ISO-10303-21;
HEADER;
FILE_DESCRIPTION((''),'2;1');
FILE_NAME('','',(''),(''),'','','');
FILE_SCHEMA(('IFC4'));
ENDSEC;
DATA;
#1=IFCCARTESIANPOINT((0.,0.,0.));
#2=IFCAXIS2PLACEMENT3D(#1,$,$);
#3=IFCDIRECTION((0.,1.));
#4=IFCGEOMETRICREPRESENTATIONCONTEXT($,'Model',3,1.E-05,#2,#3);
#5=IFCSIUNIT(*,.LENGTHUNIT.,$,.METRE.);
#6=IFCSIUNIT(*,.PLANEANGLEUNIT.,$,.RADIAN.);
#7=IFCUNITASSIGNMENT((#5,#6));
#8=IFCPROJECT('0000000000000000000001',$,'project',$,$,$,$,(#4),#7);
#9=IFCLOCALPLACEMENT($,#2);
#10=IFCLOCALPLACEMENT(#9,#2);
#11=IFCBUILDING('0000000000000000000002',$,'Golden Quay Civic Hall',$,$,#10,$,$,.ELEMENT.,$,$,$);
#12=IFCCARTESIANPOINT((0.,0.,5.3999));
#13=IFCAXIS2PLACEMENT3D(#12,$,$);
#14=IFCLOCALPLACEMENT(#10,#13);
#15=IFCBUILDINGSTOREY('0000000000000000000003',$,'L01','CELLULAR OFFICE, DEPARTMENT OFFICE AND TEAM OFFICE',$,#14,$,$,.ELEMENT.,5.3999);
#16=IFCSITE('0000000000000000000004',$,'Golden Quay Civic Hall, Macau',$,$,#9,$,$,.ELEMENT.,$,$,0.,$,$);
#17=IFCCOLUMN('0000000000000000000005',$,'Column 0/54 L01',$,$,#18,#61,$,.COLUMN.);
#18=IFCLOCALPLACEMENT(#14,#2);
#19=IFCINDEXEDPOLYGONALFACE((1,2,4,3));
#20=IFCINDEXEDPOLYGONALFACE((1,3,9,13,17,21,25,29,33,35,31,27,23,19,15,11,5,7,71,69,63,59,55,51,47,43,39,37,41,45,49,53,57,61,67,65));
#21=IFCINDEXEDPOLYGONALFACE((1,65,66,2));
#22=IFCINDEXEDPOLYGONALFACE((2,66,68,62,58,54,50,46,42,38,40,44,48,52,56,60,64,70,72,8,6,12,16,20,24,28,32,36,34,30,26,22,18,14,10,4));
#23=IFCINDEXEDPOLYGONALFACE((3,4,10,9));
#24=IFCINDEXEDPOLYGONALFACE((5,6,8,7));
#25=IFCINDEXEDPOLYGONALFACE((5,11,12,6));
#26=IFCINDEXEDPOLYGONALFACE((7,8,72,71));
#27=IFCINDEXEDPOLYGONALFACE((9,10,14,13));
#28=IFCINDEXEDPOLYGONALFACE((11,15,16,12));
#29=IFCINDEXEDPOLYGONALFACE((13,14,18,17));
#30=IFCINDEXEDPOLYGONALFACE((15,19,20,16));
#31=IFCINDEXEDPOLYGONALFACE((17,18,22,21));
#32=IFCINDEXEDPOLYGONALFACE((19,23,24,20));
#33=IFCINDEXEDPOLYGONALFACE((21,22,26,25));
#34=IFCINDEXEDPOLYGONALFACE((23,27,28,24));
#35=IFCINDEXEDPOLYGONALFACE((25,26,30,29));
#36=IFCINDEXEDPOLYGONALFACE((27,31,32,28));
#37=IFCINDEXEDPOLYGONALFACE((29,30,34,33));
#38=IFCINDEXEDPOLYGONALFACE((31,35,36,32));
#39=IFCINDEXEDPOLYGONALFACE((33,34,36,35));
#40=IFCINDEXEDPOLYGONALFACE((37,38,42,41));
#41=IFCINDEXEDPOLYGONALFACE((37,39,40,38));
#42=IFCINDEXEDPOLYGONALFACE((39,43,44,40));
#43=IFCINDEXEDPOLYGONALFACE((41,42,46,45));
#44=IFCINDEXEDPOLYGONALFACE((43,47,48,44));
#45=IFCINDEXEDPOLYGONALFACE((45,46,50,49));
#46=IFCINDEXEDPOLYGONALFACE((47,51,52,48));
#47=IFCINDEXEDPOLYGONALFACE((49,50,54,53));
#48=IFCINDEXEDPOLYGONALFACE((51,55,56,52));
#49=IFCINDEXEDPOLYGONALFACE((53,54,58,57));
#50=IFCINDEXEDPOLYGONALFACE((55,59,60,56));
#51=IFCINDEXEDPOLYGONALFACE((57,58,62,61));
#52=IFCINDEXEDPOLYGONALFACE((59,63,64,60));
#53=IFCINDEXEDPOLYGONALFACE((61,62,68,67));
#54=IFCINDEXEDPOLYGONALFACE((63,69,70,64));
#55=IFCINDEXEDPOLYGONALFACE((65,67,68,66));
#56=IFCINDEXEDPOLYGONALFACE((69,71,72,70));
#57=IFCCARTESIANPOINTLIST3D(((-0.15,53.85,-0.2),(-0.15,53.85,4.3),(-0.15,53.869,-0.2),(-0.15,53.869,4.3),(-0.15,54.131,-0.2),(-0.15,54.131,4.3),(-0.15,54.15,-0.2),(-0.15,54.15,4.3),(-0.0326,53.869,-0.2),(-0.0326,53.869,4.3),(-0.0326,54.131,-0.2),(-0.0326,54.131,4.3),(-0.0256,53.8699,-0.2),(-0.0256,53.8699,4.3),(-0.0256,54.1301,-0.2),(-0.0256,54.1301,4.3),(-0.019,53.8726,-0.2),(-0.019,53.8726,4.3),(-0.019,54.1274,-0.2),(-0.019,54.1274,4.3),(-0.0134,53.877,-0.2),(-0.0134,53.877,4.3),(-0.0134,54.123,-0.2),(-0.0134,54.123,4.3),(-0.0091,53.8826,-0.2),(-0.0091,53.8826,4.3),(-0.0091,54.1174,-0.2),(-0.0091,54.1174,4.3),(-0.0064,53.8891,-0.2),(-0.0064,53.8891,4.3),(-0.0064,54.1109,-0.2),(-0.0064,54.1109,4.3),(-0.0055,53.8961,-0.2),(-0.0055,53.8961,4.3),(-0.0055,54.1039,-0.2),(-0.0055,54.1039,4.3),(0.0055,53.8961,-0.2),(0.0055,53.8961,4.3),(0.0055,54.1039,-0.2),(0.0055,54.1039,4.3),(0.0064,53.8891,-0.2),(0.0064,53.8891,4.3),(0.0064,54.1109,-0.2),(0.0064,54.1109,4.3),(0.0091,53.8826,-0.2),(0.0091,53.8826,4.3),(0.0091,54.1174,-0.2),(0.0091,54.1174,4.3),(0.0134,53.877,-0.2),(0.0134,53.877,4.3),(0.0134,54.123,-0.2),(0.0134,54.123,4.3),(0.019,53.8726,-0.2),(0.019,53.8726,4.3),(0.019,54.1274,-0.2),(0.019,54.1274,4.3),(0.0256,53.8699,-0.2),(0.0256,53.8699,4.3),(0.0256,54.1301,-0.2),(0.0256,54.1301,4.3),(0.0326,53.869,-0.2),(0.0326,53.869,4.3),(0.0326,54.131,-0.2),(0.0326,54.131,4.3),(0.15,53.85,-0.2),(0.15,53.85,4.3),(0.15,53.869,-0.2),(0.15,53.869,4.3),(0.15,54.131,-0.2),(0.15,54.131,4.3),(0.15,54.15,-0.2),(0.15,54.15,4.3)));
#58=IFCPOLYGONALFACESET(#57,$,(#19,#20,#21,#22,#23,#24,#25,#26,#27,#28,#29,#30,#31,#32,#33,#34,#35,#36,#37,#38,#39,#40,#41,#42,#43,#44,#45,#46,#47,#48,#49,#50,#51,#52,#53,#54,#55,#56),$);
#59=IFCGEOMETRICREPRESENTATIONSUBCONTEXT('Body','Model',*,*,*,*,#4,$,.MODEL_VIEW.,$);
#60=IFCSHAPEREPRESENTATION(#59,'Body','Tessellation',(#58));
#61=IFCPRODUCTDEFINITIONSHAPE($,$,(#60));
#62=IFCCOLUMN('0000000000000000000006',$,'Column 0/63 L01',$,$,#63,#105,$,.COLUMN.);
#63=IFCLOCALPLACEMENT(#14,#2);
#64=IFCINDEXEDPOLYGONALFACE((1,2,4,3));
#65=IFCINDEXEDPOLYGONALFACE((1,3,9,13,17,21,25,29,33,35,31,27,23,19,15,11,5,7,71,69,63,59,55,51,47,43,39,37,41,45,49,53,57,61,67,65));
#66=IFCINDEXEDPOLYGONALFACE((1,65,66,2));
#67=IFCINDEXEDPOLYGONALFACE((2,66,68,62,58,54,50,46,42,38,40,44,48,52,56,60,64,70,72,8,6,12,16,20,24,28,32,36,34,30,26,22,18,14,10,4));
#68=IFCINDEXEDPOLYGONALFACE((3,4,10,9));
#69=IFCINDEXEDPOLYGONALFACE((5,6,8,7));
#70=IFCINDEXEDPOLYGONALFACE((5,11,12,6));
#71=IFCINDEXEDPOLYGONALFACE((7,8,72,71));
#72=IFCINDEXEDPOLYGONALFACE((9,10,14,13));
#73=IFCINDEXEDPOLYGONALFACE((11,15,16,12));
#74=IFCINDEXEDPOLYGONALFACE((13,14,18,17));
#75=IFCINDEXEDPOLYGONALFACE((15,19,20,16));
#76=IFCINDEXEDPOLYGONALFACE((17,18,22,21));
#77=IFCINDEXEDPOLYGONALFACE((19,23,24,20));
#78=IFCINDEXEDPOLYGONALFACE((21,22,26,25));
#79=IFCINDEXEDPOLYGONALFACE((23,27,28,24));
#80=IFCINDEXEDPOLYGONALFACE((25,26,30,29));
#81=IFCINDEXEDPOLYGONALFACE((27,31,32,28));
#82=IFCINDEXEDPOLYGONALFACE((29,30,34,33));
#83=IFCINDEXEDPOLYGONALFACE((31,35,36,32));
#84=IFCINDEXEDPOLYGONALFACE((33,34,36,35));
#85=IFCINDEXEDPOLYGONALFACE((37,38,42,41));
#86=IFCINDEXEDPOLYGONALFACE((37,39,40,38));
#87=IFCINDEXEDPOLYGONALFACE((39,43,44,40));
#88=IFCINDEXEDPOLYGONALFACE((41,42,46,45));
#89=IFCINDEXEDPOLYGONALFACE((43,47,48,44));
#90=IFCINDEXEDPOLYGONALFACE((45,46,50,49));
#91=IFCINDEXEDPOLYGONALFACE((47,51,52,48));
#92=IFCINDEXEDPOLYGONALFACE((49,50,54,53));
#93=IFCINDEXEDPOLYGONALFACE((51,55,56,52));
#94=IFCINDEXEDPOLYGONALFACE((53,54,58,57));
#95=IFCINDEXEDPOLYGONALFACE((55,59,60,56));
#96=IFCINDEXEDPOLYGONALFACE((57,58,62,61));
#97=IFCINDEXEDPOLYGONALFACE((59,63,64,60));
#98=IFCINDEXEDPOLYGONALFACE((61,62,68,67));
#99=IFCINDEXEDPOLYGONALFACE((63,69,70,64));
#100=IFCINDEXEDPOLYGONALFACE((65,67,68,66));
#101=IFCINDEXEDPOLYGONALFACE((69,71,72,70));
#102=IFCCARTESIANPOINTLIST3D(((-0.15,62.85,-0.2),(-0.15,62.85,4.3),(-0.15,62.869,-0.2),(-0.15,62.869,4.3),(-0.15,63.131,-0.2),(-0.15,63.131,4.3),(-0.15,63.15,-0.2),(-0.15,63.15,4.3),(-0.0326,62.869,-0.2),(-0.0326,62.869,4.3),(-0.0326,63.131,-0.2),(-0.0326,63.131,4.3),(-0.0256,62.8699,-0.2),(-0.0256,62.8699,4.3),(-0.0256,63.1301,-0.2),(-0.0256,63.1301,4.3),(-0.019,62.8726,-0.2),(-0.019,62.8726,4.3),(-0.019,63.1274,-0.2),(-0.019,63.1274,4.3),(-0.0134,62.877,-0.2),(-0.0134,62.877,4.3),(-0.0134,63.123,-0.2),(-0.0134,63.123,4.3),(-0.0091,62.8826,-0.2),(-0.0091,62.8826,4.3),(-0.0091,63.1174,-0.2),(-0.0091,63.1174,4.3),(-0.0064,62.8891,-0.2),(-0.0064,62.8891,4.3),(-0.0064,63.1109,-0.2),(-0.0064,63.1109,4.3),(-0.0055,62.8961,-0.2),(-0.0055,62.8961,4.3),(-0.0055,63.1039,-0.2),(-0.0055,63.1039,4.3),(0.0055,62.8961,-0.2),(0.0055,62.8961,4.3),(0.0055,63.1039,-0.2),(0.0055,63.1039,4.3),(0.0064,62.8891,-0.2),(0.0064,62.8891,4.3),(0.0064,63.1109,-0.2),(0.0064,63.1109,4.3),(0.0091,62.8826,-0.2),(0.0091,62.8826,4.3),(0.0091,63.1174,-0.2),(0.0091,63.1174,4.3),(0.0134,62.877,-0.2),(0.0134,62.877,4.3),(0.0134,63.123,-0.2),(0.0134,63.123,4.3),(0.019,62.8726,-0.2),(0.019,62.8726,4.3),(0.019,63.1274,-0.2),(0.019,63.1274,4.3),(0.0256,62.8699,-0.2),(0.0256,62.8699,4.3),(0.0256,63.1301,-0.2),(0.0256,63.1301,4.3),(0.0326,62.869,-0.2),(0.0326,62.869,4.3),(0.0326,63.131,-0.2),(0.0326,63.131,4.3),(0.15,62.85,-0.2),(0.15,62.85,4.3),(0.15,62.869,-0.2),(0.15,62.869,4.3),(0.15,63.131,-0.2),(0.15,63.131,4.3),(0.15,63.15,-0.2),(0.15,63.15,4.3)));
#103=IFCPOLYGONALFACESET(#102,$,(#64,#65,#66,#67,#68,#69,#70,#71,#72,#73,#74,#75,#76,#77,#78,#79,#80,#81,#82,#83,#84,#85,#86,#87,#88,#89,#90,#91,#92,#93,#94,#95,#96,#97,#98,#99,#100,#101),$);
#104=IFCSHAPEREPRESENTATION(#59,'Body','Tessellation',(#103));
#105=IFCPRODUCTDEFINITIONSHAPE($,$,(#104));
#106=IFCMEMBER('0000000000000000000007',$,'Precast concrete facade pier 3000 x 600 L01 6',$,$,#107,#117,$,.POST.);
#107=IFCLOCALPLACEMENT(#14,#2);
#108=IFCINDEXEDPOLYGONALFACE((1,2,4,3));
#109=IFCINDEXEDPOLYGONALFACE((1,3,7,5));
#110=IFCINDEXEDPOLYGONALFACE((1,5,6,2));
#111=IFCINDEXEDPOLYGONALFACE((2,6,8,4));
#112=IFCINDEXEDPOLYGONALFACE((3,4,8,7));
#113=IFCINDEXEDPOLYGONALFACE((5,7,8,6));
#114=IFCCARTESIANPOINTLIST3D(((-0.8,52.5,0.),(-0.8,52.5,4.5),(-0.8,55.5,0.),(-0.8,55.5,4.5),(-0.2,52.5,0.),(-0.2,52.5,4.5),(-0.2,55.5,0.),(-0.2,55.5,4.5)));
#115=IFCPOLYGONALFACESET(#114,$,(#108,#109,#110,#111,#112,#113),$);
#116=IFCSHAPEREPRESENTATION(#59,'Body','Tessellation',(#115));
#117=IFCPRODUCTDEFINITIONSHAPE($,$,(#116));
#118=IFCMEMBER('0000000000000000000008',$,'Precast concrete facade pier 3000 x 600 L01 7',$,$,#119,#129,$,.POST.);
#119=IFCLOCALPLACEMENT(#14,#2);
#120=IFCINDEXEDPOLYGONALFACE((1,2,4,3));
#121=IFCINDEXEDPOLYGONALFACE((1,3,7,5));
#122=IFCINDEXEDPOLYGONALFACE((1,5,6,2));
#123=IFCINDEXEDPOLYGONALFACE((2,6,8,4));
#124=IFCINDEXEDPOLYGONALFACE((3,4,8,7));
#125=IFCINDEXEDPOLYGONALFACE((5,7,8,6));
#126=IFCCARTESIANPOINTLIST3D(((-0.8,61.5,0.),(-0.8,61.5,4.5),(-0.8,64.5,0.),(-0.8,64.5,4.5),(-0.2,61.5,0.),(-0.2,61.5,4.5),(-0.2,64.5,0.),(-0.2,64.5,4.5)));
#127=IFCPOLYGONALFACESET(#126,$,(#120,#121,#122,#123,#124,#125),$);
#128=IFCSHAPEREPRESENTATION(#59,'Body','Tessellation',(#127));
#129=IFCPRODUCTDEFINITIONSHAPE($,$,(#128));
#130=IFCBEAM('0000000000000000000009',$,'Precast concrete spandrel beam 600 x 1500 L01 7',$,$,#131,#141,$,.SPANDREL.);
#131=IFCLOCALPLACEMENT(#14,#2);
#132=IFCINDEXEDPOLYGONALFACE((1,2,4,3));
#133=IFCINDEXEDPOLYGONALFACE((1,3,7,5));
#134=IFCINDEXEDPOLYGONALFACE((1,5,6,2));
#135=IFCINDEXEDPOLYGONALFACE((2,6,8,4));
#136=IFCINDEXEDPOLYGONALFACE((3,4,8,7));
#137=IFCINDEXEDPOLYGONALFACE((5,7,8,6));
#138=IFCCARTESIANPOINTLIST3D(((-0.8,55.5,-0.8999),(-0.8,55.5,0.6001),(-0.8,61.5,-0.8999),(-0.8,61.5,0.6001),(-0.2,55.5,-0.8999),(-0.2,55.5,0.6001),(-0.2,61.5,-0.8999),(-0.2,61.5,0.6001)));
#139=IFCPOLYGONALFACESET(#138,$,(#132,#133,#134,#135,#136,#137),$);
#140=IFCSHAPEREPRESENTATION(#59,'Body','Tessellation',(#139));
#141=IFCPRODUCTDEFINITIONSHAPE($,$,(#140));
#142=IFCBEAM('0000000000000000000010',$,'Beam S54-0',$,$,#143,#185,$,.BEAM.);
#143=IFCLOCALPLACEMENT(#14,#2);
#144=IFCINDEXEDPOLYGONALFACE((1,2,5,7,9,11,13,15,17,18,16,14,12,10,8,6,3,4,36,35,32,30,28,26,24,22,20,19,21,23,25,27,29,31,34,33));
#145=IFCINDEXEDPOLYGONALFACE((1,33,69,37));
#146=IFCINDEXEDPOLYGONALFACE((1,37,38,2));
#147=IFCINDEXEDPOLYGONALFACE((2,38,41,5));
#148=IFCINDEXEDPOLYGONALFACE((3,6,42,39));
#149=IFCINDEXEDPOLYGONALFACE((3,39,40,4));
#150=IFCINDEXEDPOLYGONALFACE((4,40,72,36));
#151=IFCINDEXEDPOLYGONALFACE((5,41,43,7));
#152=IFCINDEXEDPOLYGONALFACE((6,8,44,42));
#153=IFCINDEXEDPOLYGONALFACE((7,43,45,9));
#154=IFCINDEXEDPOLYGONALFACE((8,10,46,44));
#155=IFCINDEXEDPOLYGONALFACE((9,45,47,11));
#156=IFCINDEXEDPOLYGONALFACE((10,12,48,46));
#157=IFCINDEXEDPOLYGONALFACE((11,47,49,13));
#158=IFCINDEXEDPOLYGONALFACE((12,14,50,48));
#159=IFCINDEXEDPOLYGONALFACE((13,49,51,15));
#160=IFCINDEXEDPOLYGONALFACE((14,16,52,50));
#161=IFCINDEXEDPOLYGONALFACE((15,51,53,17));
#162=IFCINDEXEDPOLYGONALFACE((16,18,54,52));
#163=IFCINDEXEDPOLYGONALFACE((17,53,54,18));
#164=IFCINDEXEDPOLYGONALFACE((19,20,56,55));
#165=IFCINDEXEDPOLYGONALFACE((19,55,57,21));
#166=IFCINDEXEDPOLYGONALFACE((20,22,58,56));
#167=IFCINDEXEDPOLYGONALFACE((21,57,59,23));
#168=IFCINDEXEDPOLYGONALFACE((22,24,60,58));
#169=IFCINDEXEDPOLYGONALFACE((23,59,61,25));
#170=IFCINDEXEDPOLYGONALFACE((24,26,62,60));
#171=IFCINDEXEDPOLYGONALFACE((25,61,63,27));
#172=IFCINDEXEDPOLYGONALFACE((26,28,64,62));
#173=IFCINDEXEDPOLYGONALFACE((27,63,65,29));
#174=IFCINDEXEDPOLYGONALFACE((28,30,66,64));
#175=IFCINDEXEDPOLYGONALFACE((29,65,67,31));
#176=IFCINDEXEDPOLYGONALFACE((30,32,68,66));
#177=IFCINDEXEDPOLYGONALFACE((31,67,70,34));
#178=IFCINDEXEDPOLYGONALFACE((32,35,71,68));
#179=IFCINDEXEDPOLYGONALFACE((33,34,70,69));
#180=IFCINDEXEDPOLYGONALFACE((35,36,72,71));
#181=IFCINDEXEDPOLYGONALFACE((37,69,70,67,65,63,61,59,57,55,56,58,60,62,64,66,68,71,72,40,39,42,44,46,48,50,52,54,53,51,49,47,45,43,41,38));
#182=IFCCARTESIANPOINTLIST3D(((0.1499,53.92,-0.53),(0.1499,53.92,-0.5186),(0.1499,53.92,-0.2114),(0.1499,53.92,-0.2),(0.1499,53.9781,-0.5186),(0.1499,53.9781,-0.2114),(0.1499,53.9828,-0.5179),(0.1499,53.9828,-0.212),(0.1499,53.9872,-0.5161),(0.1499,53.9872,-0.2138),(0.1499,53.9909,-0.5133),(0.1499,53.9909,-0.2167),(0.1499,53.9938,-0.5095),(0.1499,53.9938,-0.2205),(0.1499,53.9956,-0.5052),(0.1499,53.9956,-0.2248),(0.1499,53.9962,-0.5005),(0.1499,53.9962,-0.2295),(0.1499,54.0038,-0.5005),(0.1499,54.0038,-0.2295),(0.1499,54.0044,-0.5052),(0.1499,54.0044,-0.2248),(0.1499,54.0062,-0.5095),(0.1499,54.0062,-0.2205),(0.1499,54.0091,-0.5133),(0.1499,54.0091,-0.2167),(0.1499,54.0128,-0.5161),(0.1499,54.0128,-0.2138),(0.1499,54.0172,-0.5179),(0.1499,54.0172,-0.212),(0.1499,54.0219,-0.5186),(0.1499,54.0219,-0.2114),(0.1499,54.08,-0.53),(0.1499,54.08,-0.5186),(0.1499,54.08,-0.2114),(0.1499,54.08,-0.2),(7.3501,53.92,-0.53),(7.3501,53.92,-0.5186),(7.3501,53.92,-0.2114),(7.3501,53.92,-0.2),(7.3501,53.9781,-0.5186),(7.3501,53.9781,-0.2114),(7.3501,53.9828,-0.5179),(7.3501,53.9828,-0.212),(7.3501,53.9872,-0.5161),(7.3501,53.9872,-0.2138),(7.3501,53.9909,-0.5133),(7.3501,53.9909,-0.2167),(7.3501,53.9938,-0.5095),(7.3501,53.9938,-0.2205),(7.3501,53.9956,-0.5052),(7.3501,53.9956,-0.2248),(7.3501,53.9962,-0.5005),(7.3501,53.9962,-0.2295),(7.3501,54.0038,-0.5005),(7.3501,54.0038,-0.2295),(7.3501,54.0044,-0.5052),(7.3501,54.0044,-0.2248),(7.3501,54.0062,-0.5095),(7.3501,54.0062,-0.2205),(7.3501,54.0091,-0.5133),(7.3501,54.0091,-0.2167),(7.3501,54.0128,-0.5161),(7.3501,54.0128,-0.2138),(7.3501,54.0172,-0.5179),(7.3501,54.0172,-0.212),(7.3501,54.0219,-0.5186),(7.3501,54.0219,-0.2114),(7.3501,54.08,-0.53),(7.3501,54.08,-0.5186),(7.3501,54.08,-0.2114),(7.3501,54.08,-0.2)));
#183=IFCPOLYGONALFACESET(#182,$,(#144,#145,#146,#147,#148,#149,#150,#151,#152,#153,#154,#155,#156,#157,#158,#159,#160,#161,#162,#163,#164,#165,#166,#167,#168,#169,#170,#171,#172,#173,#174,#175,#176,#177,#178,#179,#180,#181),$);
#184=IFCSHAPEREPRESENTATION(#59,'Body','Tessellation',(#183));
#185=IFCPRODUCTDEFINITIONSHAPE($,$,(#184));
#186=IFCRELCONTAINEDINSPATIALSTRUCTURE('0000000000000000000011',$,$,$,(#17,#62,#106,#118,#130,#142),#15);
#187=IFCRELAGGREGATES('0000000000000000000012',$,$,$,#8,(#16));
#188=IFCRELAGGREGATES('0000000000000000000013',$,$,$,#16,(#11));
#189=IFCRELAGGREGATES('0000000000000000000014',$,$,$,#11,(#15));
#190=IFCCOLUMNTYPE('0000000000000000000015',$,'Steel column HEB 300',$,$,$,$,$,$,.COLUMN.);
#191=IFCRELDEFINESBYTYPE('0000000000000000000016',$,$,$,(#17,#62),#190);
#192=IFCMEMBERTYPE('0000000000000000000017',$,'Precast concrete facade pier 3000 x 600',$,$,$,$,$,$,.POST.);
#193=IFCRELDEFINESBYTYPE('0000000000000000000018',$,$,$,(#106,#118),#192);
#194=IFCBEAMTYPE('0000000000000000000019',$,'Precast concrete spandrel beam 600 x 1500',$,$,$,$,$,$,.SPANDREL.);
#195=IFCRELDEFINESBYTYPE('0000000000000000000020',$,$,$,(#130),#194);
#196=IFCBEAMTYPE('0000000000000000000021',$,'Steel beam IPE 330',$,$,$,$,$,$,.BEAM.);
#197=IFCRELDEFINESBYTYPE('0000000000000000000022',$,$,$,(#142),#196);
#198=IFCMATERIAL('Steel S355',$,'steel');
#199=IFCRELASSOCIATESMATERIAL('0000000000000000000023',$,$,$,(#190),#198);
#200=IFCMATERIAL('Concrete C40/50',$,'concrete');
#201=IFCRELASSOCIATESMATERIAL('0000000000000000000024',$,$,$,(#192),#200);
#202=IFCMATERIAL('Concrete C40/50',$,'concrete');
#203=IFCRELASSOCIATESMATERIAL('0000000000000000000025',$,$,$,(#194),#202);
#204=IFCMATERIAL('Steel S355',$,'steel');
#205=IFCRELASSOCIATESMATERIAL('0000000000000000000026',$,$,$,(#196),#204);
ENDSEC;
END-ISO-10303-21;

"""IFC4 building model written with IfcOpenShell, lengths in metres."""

from ifc_helpers import new_model, si_unit, direction, frame, origin, origin_2d, place, context, subcontext, project, spatial, rectangle, i_section, extrude, material, material_profile, profile_set, type_object, element, save


model = new_model("IFC4")

# Units and contexts
model_context = context("Model", 3, precision=1e-05, world=origin(), true_north=direction((0.0, 1.0)))
body_context = subcontext(model_context, "Body", "Model", "MODEL_VIEW")
ifc_project = project(units=[si_unit("LENGTHUNIT", "METRE"), si_unit("PLANEANGLEUNIT", "RADIAN")], contexts=[model_context])

# Site, building, storey
site_placement = place(None, origin())
site = spatial("IfcSite", under=ifc_project, at=site_placement, Name="Golden Quay Civic Hall, Macau", CompositionType="ELEMENT", RefElevation=0.0)
building_placement = place(site_placement, origin())
building = spatial("IfcBuilding", under=site, at=building_placement, Name="Golden Quay Civic Hall", CompositionType="ELEMENT")
storey_placement = place(building_placement, frame((0.0, 0.0, 5.3999)))
storey = spatial("IfcBuildingStorey", under=building, at=storey_placement, Name="L01", Description="CELLULAR OFFICE, DEPARTMENT OFFICE AND TEAM OFFICE", CompositionType="ELEMENT", Elevation=5.3999)

# Columns
ifc_material_1 = material(Name="Steel S355", Category="steel")
ifc_material_profile_1 = material_profile(ifc_material_1, i_section(OverallWidth=0.3, OverallDepth=0.3, WebThickness=0.011, FlangeThickness=0.019, FilletRadius=0.0271, at=origin_2d()), Name="HEB 300")
ifc_profile_set_1 = profile_set([ifc_material_profile_1], Name="Steel S355")
column_type = type_object("IfcColumnType", Name="Steel column HEB 300", PredefinedType="COLUMN", material=ifc_profile_set_1)
for number, where, z_axis, x_axis, name in (
    (1, (0.0, 54.0, -0.2), (0.0, 0.0, 1.0), (1.0, 0.0, 0.0), "Column 0/54 L01"),
    (2, (0.0, 63.0, -0.2), (0.0, 0.0, 1.0), (1.0, 0.0, 0.0), "Column 0/63 L01"),
):
    element("IfcColumn", number, at=place(storey_placement, frame(where, z_axis=z_axis, x_axis=x_axis)), inside=storey, type_object=column_type, Name=name, PredefinedType="COLUMN", context=body_context, shape_type="SweptSolid", body=[
        extrude(i_section(OverallWidth=0.3, OverallDepth=0.3, WebThickness=0.011, FlangeThickness=0.019, FilletRadius=0.0271, at=origin_2d()), origin(), (0.0, 0.0, 1.0), 4.5),
    ])

# Members
ifc_material_2 = material(Name="Concrete C40/50", Category="concrete")
ifc_material_profile_2 = material_profile(ifc_material_2, rectangle(XDim=3.0, YDim=0.6001, at=origin_2d()), Name="RC 3000x600")
ifc_profile_set_2 = profile_set([ifc_material_profile_2], Name="Concrete C40/50")
member_type = type_object("IfcMemberType", Name="Precast concrete facade pier 3000 x 600", PredefinedType="POST", material=ifc_profile_set_2)
for number, where, z_axis, x_axis, name in (
    (3, (-0.5, 54.0, 0.0), (0.0, 0.0, 1.0), (0.0, 1.0, 0.0), "Precast concrete facade pier 3000 x 600 L01 6"),
    (4, (-0.5, 63.0, 0.0), (0.0, 0.0, 1.0), (0.0, 1.0, 0.0), "Precast concrete facade pier 3000 x 600 L01 7"),
):
    element("IfcMember", number, at=place(storey_placement, frame(where, z_axis=z_axis, x_axis=x_axis)), inside=storey, type_object=member_type, Name=name, PredefinedType="POST", context=body_context, shape_type="SweptSolid", body=[
        extrude(rectangle(XDim=3.0, YDim=0.6001, at=origin_2d()), origin(), (0.0, 0.0, 1.0), 4.5),
    ])

# Beams
ifc_material_3 = material(Name="Concrete C40/50", Category="concrete")
ifc_material_profile_3 = material_profile(ifc_material_3, rectangle(XDim=0.6001, YDim=1.5, at=origin_2d()), Name="RC 600x1500")
ifc_profile_set_3 = profile_set([ifc_material_profile_3], Name="Concrete C40/50")
beam_type_1 = type_object("IfcBeamType", Name="Precast concrete spandrel beam 600 x 1500", PredefinedType="SPANDREL", material=ifc_profile_set_3)
beam_1_placement = place(storey_placement, frame((-0.5, 55.5, -0.1499), z_axis=(0.0, 1.0, 0.0), x_axis=(-1.0, 0.0, 0.0)))
element("IfcBeam", 5, at=beam_1_placement, inside=storey, type_object=beam_type_1, Name="Precast concrete spandrel beam 600 x 1500 L01 7", PredefinedType="SPANDREL", context=body_context, shape_type="SweptSolid", body=[
    extrude(rectangle(XDim=0.6001, YDim=1.5, at=origin_2d()), origin(), (0.0, 0.0, 1.0), 6.0),
])
ifc_material_4 = material(Name="Steel S355", Category="steel")
ifc_material_profile_4 = material_profile(ifc_material_4, i_section(OverallWidth=0.1599, OverallDepth=0.3301, WebThickness=0.0076, FlangeThickness=0.0115, FilletRadius=0.0181, at=origin_2d()), Name="IPE 330")
ifc_profile_set_4 = profile_set([ifc_material_profile_4], Name="Steel S355")
beam_type_2 = type_object("IfcBeamType", Name="Steel beam IPE 330", PredefinedType="BEAM", material=ifc_profile_set_4)
for number, where, z_axis, x_axis, name in (
    (6, (0.1499, 54.0, -0.365), (1.0, 0.0, 0.0), (0.0, 1.0, 0.0), "Beam S54-0"),
):
    element("IfcBeam", number, at=place(storey_placement, frame(where, z_axis=z_axis, x_axis=x_axis)), inside=storey, type_object=beam_type_2, Name=name, PredefinedType="BEAM", context=body_context, shape_type="SweptSolid", body=[
        extrude(i_section(OverallWidth=0.1599, OverallDepth=0.3301, WebThickness=0.0076, FlangeThickness=0.0115, FilletRadius=0.0181, at=origin_2d()), origin(), (0.0, 0.0, 1.0), 7.2002),
    ])

save(model, "model.ifc")
